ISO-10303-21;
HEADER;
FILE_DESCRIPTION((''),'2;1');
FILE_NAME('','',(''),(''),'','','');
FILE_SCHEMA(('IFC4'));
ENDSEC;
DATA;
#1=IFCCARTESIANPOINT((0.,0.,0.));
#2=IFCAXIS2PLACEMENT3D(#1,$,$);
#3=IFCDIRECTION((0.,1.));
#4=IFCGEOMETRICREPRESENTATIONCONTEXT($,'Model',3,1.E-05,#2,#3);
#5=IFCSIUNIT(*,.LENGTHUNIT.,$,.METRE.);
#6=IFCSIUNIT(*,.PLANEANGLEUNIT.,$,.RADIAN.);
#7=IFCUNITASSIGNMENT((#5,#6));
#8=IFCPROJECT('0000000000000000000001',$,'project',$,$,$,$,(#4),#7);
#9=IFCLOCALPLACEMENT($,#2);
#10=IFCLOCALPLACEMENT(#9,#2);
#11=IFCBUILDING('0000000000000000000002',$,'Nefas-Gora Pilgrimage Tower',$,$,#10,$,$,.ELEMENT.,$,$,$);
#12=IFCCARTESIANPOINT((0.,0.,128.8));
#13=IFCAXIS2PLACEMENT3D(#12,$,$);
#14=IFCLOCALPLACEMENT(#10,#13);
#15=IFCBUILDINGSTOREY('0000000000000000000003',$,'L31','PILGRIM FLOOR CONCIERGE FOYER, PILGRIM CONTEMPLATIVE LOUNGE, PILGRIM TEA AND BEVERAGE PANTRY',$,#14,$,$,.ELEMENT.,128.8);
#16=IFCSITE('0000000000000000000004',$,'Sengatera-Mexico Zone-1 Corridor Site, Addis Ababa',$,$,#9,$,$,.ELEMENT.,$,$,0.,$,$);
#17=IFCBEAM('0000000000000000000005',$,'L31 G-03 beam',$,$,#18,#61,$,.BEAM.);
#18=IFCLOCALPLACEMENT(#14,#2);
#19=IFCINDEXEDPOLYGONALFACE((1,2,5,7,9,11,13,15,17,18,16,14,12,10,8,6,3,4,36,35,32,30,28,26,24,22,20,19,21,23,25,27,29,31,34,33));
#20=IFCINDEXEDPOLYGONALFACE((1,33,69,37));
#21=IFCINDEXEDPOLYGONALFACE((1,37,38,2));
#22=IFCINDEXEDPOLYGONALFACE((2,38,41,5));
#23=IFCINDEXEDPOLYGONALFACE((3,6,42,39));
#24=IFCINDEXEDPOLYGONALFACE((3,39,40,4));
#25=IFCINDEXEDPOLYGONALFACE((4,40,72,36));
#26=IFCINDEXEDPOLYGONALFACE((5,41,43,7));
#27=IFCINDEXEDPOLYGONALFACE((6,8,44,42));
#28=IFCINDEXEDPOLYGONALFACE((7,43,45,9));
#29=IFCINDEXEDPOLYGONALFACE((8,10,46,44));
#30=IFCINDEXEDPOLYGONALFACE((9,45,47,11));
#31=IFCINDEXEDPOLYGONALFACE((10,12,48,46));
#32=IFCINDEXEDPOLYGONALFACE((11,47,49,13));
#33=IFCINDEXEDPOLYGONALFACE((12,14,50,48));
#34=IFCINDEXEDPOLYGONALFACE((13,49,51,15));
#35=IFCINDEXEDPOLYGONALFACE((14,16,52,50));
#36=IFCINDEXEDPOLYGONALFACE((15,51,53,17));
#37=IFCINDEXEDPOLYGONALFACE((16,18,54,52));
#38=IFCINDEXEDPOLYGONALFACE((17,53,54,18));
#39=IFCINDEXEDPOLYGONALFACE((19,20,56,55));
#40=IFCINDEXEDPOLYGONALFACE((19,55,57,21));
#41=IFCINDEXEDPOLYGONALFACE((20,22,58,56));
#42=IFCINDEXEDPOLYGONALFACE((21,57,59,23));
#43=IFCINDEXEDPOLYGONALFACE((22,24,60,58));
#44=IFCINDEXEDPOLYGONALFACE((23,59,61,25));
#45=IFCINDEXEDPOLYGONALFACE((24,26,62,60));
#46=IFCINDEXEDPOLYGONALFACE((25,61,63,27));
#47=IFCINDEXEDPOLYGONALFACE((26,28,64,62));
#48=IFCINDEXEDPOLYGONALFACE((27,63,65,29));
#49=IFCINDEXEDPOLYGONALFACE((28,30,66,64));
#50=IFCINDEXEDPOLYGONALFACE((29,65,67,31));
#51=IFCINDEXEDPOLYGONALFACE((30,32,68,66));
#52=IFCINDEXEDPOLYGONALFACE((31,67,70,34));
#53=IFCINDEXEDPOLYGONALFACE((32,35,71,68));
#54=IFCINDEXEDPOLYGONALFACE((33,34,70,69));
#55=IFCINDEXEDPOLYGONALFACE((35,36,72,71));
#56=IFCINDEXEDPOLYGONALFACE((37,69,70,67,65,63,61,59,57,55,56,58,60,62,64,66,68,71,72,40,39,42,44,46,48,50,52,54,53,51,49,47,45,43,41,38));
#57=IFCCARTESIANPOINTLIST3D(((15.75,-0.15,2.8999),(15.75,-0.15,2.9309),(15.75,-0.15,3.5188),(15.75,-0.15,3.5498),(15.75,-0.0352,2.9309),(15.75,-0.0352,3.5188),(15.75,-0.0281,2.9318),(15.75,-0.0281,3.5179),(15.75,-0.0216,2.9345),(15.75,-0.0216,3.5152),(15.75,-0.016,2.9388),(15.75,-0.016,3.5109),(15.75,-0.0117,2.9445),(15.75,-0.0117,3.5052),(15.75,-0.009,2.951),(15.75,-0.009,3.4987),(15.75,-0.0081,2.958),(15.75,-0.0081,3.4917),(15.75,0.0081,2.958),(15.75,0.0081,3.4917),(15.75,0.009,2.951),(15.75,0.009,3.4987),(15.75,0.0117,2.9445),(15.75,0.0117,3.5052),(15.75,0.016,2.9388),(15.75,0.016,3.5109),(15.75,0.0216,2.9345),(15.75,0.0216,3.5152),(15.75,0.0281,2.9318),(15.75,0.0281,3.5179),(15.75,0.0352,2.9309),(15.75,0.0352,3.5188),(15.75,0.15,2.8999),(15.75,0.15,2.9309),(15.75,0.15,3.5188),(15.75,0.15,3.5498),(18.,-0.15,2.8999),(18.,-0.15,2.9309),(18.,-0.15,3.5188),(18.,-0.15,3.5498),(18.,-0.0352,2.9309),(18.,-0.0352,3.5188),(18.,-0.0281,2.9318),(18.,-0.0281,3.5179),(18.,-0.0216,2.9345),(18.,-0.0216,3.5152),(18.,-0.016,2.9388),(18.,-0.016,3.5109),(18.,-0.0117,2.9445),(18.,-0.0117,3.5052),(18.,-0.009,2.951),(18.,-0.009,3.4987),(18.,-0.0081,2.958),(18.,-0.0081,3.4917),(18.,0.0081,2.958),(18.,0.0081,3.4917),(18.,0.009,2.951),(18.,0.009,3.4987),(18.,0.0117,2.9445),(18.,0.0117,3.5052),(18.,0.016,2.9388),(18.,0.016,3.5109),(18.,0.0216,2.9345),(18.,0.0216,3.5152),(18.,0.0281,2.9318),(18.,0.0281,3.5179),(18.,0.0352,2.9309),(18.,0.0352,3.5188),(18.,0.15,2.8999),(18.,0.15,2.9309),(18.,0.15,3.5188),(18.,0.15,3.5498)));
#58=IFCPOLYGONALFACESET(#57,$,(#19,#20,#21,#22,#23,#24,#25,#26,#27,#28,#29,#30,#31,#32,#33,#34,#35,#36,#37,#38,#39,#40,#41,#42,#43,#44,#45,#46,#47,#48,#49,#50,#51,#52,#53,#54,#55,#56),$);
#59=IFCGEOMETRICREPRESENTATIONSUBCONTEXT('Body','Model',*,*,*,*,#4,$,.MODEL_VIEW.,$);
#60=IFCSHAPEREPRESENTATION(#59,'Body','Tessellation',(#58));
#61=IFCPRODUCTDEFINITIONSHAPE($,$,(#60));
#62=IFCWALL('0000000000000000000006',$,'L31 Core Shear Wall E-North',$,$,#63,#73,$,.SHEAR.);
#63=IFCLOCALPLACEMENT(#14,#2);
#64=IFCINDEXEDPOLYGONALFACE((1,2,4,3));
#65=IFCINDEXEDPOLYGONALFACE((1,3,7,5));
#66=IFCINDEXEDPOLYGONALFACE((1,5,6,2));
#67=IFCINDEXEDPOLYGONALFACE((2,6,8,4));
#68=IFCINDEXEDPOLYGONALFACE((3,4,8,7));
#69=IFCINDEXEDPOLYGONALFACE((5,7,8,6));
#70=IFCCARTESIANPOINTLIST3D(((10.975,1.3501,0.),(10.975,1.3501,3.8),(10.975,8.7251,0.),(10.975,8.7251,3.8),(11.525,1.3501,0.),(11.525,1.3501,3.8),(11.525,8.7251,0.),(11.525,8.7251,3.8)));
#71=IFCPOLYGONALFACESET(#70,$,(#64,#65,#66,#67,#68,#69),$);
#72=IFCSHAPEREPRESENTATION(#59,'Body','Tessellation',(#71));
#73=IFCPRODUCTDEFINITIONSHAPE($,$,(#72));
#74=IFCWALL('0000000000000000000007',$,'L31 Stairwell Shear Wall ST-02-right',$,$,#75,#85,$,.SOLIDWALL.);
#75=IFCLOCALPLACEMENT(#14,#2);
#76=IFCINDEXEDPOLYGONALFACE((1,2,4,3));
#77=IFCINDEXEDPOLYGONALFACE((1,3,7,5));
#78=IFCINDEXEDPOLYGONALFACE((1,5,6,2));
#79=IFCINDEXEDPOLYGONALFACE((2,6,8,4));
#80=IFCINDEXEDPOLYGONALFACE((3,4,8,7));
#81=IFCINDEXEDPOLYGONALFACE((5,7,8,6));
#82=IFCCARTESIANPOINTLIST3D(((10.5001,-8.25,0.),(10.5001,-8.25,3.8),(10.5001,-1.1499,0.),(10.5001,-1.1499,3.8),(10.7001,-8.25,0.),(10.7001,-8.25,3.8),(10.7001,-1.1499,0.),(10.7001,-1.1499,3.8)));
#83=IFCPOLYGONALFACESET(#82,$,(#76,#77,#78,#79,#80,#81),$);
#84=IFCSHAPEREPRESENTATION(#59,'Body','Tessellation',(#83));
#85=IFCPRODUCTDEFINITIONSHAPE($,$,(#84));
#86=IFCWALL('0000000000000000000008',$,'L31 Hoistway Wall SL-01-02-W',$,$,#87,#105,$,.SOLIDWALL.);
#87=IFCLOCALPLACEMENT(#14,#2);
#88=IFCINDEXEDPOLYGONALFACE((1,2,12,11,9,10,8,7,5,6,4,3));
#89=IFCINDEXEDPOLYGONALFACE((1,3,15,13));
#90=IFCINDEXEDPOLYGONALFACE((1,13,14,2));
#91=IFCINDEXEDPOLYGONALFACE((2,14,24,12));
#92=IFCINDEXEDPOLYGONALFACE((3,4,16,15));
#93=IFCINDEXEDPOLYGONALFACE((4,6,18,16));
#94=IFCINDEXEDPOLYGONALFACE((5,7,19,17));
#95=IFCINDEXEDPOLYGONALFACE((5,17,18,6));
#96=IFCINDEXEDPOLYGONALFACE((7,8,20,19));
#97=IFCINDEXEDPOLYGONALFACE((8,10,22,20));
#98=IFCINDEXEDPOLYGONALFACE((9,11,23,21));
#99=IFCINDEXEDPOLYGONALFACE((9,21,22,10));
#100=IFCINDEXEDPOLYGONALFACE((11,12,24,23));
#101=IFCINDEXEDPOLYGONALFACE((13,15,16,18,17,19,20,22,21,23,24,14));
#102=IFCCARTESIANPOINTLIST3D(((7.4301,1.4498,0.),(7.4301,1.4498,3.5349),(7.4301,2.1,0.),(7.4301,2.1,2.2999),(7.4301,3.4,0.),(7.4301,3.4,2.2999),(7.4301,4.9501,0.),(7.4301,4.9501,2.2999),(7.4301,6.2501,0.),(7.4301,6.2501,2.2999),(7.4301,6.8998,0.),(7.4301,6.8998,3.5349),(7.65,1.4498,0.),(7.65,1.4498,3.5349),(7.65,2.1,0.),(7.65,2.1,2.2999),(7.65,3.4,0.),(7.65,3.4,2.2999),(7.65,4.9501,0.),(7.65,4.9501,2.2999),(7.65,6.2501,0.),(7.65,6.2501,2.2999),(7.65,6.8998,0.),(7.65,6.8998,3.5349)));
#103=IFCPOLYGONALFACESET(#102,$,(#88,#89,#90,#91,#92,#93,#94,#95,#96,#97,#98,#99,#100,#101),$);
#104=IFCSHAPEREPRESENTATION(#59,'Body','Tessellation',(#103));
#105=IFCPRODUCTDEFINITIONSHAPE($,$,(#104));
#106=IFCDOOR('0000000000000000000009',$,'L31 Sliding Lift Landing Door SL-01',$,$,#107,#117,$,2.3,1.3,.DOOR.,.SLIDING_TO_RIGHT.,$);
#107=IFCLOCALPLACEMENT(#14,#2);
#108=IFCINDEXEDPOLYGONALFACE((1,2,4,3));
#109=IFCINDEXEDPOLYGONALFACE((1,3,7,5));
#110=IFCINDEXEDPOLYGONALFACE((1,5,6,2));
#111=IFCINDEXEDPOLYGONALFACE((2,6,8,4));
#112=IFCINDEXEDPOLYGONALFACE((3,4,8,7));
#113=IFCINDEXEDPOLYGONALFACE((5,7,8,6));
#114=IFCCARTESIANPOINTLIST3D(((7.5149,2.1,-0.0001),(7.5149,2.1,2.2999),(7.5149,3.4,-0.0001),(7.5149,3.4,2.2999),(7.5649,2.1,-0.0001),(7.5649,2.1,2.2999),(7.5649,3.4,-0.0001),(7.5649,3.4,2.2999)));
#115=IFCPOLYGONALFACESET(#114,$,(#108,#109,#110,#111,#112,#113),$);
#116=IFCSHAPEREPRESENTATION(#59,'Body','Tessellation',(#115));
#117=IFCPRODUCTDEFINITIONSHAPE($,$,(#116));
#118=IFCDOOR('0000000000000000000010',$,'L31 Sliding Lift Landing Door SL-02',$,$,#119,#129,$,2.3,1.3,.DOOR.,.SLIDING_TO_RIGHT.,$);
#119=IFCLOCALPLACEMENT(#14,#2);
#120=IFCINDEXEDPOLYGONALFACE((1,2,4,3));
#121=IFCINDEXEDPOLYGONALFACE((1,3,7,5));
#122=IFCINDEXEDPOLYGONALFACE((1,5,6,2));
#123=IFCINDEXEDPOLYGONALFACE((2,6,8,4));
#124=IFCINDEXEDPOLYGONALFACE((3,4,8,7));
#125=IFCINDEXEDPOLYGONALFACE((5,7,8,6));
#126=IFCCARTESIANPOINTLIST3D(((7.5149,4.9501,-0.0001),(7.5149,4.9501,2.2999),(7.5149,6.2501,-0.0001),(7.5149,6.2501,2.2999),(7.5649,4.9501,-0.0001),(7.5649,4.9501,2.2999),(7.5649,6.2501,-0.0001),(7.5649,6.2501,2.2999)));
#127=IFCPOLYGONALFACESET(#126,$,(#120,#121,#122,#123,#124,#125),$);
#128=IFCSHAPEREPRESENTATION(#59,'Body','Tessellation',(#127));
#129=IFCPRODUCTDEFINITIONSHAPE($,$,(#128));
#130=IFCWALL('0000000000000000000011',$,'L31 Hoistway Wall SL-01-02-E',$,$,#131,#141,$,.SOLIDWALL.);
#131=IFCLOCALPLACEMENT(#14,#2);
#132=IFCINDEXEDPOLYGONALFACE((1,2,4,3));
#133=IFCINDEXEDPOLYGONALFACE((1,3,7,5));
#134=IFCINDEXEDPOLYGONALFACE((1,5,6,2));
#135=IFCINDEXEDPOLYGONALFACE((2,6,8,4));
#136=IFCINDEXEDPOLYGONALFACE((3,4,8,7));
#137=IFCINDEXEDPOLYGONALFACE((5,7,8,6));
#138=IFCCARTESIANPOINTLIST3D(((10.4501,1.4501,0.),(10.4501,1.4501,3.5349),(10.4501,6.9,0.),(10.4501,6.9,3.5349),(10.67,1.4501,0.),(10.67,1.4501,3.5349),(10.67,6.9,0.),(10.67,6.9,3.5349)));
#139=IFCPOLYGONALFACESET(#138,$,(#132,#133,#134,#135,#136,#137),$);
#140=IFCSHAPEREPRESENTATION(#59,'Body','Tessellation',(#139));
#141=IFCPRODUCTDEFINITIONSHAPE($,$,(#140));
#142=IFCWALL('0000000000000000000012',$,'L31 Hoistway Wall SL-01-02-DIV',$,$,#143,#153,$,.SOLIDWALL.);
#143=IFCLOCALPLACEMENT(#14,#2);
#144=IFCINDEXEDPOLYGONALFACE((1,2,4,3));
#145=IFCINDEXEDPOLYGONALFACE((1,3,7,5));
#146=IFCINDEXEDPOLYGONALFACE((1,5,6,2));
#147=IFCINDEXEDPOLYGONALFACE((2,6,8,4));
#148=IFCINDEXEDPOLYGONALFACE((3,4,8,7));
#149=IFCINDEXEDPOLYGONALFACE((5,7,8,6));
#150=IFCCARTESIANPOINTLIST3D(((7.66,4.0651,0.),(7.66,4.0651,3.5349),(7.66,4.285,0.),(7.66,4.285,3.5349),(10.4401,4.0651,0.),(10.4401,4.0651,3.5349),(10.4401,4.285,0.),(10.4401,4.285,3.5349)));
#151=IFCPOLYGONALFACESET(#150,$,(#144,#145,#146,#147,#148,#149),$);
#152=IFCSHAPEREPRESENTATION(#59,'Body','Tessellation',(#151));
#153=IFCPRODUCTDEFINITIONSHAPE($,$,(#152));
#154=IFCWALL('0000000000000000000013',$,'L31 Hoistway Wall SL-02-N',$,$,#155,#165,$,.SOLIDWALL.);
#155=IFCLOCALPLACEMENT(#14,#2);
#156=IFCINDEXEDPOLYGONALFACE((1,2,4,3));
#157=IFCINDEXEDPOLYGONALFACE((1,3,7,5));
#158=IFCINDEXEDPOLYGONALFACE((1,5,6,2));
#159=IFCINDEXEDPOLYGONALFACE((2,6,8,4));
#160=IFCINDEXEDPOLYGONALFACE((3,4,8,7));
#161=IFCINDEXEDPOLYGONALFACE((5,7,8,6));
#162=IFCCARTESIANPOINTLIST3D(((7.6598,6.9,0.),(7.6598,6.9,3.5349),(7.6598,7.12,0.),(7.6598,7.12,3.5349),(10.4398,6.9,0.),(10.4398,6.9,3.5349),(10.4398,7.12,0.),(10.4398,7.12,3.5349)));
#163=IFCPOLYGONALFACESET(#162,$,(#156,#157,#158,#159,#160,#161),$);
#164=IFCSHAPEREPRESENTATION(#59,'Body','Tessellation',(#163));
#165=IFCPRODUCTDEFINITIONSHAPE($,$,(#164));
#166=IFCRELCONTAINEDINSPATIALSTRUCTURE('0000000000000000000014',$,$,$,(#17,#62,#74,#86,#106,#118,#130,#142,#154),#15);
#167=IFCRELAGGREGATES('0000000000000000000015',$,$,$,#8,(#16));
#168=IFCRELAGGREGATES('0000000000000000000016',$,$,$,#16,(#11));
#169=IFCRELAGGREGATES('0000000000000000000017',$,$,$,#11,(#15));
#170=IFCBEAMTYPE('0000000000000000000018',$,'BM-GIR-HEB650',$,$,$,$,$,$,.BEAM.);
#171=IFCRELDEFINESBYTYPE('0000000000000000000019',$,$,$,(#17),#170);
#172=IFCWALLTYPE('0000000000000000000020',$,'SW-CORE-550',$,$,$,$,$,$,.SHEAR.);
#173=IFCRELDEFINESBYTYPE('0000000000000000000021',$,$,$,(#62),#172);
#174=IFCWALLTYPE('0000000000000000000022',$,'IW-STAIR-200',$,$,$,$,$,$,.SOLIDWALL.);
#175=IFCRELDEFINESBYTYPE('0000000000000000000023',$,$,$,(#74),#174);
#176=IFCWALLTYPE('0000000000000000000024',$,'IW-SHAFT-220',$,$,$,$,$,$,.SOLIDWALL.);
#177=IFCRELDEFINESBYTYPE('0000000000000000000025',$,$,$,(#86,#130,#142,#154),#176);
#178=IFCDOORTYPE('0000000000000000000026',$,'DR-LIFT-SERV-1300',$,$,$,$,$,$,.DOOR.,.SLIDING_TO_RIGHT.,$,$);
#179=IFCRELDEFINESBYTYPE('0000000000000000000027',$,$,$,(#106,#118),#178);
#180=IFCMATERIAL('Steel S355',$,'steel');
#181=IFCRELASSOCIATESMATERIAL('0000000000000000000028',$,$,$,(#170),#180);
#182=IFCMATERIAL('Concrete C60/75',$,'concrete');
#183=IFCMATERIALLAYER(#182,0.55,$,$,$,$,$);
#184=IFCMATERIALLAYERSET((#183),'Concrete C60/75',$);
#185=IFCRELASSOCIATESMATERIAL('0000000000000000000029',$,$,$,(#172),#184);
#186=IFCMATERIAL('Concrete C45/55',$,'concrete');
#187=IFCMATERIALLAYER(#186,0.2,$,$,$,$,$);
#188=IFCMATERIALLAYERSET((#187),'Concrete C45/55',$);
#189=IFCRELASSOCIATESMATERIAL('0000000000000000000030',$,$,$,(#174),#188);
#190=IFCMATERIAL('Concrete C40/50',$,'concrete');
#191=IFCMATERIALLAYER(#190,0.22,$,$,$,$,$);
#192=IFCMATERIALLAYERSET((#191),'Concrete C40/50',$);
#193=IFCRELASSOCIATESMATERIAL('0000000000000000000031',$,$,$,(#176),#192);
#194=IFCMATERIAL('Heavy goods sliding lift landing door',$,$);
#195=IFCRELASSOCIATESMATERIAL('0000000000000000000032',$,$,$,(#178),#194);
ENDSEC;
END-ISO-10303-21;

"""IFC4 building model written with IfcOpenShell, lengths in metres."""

from ifc_helpers import new_model, si_unit, direction, frame, frame_2d, origin, origin_2d, place, context, subcontext, project, spatial, rectangle, i_section, extrude, source, transform, mapped, material, layer, layer_set, material_profile, profile_set, type_object, element, fill, save


model = new_model("IFC4")

# Units and contexts
model_context = context("Model", 3, precision=1e-05, world=origin(), true_north=direction((0.0, 1.0)))
body_context = subcontext(model_context, "Body", "Model", "MODEL_VIEW")
ifc_project = project(units=[si_unit("LENGTHUNIT", "METRE"), si_unit("PLANEANGLEUNIT", "RADIAN")], contexts=[model_context])

# Site, building, storey
site_placement = place(None, origin())
site = spatial("IfcSite", under=ifc_project, at=site_placement, Name="Sengatera-Mexico Zone-1 Corridor Site, Addis Ababa", CompositionType="ELEMENT", RefElevation=0.0)
building_placement = place(site_placement, origin())
building = spatial("IfcBuilding", under=site, at=building_placement, Name="Nefas-Gora Pilgrimage Tower", CompositionType="ELEMENT")
storey_placement = place(building_placement, frame((0.0, 0.0, 128.8)))
storey = spatial("IfcBuildingStorey", under=building, at=storey_placement, Name="L31", Description="PILGRIM FLOOR CONCIERGE FOYER, PILGRIM CONTEMPLATIVE LOUNGE, PILGRIM TEA AND BEVERAGE PANTRY", CompositionType="ELEMENT", Elevation=128.8)

# Beam
ifc_material_1 = material(Name="Steel S355", Category="steel")
ifc_material_profile_1 = material_profile(ifc_material_1, i_section(OverallWidth=0.3, OverallDepth=0.6499, WebThickness=0.0161, FlangeThickness=0.031, FilletRadius=0.0271, at=origin_2d()), Name="HEB 650")
ifc_profile_set_1 = profile_set([ifc_material_profile_1], Name="Steel S355")
beam_type = type_object("IfcBeamType", Name="BM-GIR-HEB650", PredefinedType="BEAM", material=ifc_profile_set_1)
shared_shape_1 = source(origin(), body_context, "Body", "SweptSolid", [
    extrude(i_section(OverallWidth=0.3, OverallDepth=0.6499, WebThickness=0.0161, FlangeThickness=0.031, FilletRadius=0.0271, at=origin_2d()), origin(), (0.0, 0.0, 1.0), 2.25),
])
beam_placement = place(storey_placement, frame((15.75, 0.0, 3.2249), z_axis=(1.0, 0.0, 0.0), x_axis=(0.0, 1.0, 0.0)))
element("IfcBeam", 1, at=beam_placement, inside=storey, type_object=beam_type, Name="L31 G-03 beam", PredefinedType="BEAM", context=body_context, shape_type="MappedRepresentation", body=[
    mapped(shared_shape_1, transform((0.0, 0.0, 0.0), x_axis=(1.0, 0.0, 0.0), y_axis=(0.0, 1.0, 0.0), z_axis=(0.0, 0.0, 1.0), scale=1.0)),
])

# Walls
ifc_material_2 = material(Name="Concrete C60/75", Category="concrete")
ifc_layer_1 = layer(ifc_material_2, 0.55)
ifc_layer_set_1 = layer_set([ifc_layer_1], Name="Concrete C60/75")
wall_type_1 = type_object("IfcWallType", Name="SW-CORE-550", PredefinedType="SHEAR", material=ifc_layer_set_1)
shared_shape_2 = source(origin(), body_context, "Body", "SweptSolid", [
    extrude(rectangle(XDim=7.375, YDim=0.55, at=frame_2d((3.6875, 0.0))), origin(), (0.0, 0.0, 1.0), 3.8),
])
wall_1_placement = place(storey_placement, frame((11.25, 1.3501, 0.0), z_axis=(0.0, 0.0, 1.0), x_axis=(0.0, 1.0, 0.0)))
element("IfcWall", 2, at=wall_1_placement, inside=storey, type_object=wall_type_1, Name="L31 Core Shear Wall E-North", PredefinedType="SHEAR", context=body_context, shape_type="MappedRepresentation", body=[
    mapped(shared_shape_2, transform((0.0, 0.0, 0.0), x_axis=(1.0, 0.0, 0.0), y_axis=(0.0, 1.0, 0.0), z_axis=(0.0, 0.0, 1.0), scale=1.0)),
])
ifc_material_3 = material(Name="Concrete C45/55", Category="concrete")
ifc_layer_2 = layer(ifc_material_3, 0.2)
ifc_layer_set_2 = layer_set([ifc_layer_2], Name="Concrete C45/55")
wall_type_2 = type_object("IfcWallType", Name="IW-STAIR-200", PredefinedType="SOLIDWALL", material=ifc_layer_set_2)
shared_shape_3 = source(origin(), body_context, "Body", "SweptSolid", [
    extrude(rectangle(XDim=7.1001, YDim=0.2, at=frame_2d((3.55, 0.0))), origin(), (0.0, 0.0, 1.0), 3.8),
])
wall_2_placement = place(storey_placement, frame((10.6001, -1.1499, 0.0), z_axis=(0.0, 0.0, 1.0), x_axis=(0.0, -1.0, 0.0)))
element("IfcWall", 3, at=wall_2_placement, inside=storey, type_object=wall_type_2, Name="L31 Stairwell Shear Wall ST-02-right", PredefinedType="SOLIDWALL", context=body_context, shape_type="MappedRepresentation", body=[
    mapped(shared_shape_3, transform((0.0, 0.0, 0.0), x_axis=(1.0, 0.0, 0.0), y_axis=(0.0, 1.0, 0.0), z_axis=(0.0, 0.0, 1.0), scale=1.0)),
])

# Wall, openings, doors
ifc_material_4 = material(Name="Concrete C40/50", Category="concrete")
ifc_layer_3 = layer(ifc_material_4, 0.22)
ifc_layer_set_3 = layer_set([ifc_layer_3], Name="Concrete C40/50")
wall_type_3 = type_object("IfcWallType", Name="IW-SHAFT-220", PredefinedType="SOLIDWALL", material=ifc_layer_set_3)
shared_shape_4 = source(origin(), body_context, "Body", "SweptSolid", [
    extrude(rectangle(XDim=5.45, YDim=0.22, at=frame_2d((2.7251, 0.0))), origin(), (0.0, 0.0, 1.0), 3.5349),
])
wall_3_placement = place(storey_placement, frame((7.54, 6.8999, 0.0), z_axis=(0.0, 0.0, 1.0), x_axis=(0.0, -1.0, 0.0)))
wall_3 = element("IfcWall", 4, at=wall_3_placement, inside=storey, type_object=wall_type_3, Name="L31 Hoistway Wall SL-01-02-W", PredefinedType="SOLIDWALL", context=body_context, shape_type="MappedRepresentation", body=[
    mapped(shared_shape_4, transform((0.0, 0.0, 0.0), x_axis=(1.0, 0.0, 0.0), y_axis=(0.0, 1.0, 0.0), z_axis=(0.0, 0.0, 1.0), scale=1.0)),
])
opening_1_placement = place(wall_3_placement, frame((3.5, 0.0, 0.0)))
opening_1 = element("IfcOpeningElement", 5, at=opening_1_placement, cuts=wall_3, PredefinedType="OPENING", context=body_context, shape_type="SweptSolid", body=[
    extrude(rectangle(XDim=1.3, YDim=2.3, at=frame_2d((0.6499, 1.1499))), frame((0.0, 0.1199, 0.0), z_axis=(0.0, -1.0, 0.0), x_axis=(1.0, 0.0, 0.0)), (0.0, 0.0, 1.0), 0.24),
])
opening_2_placement = place(wall_3_placement, frame((0.6499, 0.0, 0.0)))
opening_2 = element("IfcOpeningElement", 6, at=opening_2_placement, cuts=wall_3, PredefinedType="OPENING", context=body_context, shape_type="SweptSolid", body=[
    extrude(rectangle(XDim=1.3, YDim=2.3, at=frame_2d((0.6499, 1.1499))), frame((0.0, 0.1199, 0.0), z_axis=(0.0, -1.0, 0.0), x_axis=(1.0, 0.0, 0.0)), (0.0, 0.0, 1.0), 0.24),
])
ifc_material_5 = material(Name="Heavy goods sliding lift landing door")
door_type_1 = type_object("IfcDoorType", Name="DR-LIFT-SERV-1300", OperationType="SLIDING_TO_RIGHT", PredefinedType="DOOR", material=ifc_material_5)
shared_shape_5 = source(origin(), body_context, "Body", "SweptSolid", [
    extrude(rectangle(XDim=1.3, YDim=2.3, at=frame_2d((0.6499, 1.1499))), frame((0.0, 0.0249, 0.0), z_axis=(0.0, -1.0, 0.0), x_axis=(1.0, 0.0, 0.0)), (0.0, 0.0, 1.0), 0.05),
])
door_1_placement = place(opening_1_placement, origin())
door_1 = element("IfcDoor", 7, at=door_1_placement, inside=storey, type_object=door_type_1, Name="L31 Sliding Lift Landing Door SL-01", OperationType="SLIDING_TO_RIGHT", OverallHeight=2.3, OverallWidth=1.3, PredefinedType="DOOR", context=body_context, shape_type="MappedRepresentation", body=[
    mapped(shared_shape_5, transform((0.0, 0.0, 0.0), x_axis=(1.0, 0.0, 0.0), y_axis=(0.0, 1.0, 0.0), z_axis=(0.0, 0.0, 1.0), scale=1.0)),
])
fill(opening_1, door_1)
door_2_placement = place(opening_2_placement, origin())
door_2 = element("IfcDoor", 8, at=door_2_placement, inside=storey, type_object=door_type_1, Name="L31 Sliding Lift Landing Door SL-02", OperationType="SLIDING_TO_RIGHT", OverallHeight=2.3, OverallWidth=1.3, PredefinedType="DOOR", context=body_context, shape_type="MappedRepresentation", body=[
    mapped(shared_shape_5, transform((0.0, 0.0, 0.0), x_axis=(1.0, 0.0, 0.0), y_axis=(0.0, 1.0, 0.0), z_axis=(0.0, 0.0, 1.0), scale=1.0)),
])
fill(opening_2, door_2)

# Walls
wall_4_placement = place(storey_placement, frame((10.5601, 1.45, 0.0), z_axis=(0.0, 0.0, 1.0), x_axis=(0.0, 1.0, 0.0)))
element("IfcWall", 9, at=wall_4_placement, inside=storey, type_object=wall_type_3, Name="L31 Hoistway Wall SL-01-02-E", PredefinedType="SOLIDWALL", context=body_context, shape_type="MappedRepresentation", body=[
    mapped(shared_shape_4, transform((0.0, 0.0, 0.0), x_axis=(1.0, 0.0, 0.0), y_axis=(0.0, 1.0, 0.0), z_axis=(0.0, 0.0, 1.0), scale=1.0)),
])
shared_shape_6 = source(origin(), body_context, "Body", "SweptSolid", [
    extrude(rectangle(XDim=2.78, YDim=0.22, at=frame_2d((1.3901, 0.0))), origin(), (0.0, 0.0, 1.0), 3.5349),
])
for number, where, z_axis, x_axis, name in (
    (10, (7.6599, 4.175, 0.0), (0.0, 0.0, 1.0), (1.0, 0.0, 0.0), "L31 Hoistway Wall SL-01-02-DIV"),
    (11, (10.4399, 7.01, 0.0), (0.0, 0.0, 1.0), (-1.0, 0.0, 0.0), "L31 Hoistway Wall SL-02-N"),
):
    element("IfcWall", number, at=place(storey_placement, frame(where, z_axis=z_axis, x_axis=x_axis)), inside=storey, type_object=wall_type_3, Name=name, PredefinedType="SOLIDWALL", context=body_context, shape_type="MappedRepresentation", body=[
        mapped(shared_shape_6, transform((0.0, 0.0, 0.0), x_axis=(1.0, 0.0, 0.0), y_axis=(0.0, 1.0, 0.0), z_axis=(0.0, 0.0, 1.0), scale=1.0)),
    ])

save(model, "model.ifc")
